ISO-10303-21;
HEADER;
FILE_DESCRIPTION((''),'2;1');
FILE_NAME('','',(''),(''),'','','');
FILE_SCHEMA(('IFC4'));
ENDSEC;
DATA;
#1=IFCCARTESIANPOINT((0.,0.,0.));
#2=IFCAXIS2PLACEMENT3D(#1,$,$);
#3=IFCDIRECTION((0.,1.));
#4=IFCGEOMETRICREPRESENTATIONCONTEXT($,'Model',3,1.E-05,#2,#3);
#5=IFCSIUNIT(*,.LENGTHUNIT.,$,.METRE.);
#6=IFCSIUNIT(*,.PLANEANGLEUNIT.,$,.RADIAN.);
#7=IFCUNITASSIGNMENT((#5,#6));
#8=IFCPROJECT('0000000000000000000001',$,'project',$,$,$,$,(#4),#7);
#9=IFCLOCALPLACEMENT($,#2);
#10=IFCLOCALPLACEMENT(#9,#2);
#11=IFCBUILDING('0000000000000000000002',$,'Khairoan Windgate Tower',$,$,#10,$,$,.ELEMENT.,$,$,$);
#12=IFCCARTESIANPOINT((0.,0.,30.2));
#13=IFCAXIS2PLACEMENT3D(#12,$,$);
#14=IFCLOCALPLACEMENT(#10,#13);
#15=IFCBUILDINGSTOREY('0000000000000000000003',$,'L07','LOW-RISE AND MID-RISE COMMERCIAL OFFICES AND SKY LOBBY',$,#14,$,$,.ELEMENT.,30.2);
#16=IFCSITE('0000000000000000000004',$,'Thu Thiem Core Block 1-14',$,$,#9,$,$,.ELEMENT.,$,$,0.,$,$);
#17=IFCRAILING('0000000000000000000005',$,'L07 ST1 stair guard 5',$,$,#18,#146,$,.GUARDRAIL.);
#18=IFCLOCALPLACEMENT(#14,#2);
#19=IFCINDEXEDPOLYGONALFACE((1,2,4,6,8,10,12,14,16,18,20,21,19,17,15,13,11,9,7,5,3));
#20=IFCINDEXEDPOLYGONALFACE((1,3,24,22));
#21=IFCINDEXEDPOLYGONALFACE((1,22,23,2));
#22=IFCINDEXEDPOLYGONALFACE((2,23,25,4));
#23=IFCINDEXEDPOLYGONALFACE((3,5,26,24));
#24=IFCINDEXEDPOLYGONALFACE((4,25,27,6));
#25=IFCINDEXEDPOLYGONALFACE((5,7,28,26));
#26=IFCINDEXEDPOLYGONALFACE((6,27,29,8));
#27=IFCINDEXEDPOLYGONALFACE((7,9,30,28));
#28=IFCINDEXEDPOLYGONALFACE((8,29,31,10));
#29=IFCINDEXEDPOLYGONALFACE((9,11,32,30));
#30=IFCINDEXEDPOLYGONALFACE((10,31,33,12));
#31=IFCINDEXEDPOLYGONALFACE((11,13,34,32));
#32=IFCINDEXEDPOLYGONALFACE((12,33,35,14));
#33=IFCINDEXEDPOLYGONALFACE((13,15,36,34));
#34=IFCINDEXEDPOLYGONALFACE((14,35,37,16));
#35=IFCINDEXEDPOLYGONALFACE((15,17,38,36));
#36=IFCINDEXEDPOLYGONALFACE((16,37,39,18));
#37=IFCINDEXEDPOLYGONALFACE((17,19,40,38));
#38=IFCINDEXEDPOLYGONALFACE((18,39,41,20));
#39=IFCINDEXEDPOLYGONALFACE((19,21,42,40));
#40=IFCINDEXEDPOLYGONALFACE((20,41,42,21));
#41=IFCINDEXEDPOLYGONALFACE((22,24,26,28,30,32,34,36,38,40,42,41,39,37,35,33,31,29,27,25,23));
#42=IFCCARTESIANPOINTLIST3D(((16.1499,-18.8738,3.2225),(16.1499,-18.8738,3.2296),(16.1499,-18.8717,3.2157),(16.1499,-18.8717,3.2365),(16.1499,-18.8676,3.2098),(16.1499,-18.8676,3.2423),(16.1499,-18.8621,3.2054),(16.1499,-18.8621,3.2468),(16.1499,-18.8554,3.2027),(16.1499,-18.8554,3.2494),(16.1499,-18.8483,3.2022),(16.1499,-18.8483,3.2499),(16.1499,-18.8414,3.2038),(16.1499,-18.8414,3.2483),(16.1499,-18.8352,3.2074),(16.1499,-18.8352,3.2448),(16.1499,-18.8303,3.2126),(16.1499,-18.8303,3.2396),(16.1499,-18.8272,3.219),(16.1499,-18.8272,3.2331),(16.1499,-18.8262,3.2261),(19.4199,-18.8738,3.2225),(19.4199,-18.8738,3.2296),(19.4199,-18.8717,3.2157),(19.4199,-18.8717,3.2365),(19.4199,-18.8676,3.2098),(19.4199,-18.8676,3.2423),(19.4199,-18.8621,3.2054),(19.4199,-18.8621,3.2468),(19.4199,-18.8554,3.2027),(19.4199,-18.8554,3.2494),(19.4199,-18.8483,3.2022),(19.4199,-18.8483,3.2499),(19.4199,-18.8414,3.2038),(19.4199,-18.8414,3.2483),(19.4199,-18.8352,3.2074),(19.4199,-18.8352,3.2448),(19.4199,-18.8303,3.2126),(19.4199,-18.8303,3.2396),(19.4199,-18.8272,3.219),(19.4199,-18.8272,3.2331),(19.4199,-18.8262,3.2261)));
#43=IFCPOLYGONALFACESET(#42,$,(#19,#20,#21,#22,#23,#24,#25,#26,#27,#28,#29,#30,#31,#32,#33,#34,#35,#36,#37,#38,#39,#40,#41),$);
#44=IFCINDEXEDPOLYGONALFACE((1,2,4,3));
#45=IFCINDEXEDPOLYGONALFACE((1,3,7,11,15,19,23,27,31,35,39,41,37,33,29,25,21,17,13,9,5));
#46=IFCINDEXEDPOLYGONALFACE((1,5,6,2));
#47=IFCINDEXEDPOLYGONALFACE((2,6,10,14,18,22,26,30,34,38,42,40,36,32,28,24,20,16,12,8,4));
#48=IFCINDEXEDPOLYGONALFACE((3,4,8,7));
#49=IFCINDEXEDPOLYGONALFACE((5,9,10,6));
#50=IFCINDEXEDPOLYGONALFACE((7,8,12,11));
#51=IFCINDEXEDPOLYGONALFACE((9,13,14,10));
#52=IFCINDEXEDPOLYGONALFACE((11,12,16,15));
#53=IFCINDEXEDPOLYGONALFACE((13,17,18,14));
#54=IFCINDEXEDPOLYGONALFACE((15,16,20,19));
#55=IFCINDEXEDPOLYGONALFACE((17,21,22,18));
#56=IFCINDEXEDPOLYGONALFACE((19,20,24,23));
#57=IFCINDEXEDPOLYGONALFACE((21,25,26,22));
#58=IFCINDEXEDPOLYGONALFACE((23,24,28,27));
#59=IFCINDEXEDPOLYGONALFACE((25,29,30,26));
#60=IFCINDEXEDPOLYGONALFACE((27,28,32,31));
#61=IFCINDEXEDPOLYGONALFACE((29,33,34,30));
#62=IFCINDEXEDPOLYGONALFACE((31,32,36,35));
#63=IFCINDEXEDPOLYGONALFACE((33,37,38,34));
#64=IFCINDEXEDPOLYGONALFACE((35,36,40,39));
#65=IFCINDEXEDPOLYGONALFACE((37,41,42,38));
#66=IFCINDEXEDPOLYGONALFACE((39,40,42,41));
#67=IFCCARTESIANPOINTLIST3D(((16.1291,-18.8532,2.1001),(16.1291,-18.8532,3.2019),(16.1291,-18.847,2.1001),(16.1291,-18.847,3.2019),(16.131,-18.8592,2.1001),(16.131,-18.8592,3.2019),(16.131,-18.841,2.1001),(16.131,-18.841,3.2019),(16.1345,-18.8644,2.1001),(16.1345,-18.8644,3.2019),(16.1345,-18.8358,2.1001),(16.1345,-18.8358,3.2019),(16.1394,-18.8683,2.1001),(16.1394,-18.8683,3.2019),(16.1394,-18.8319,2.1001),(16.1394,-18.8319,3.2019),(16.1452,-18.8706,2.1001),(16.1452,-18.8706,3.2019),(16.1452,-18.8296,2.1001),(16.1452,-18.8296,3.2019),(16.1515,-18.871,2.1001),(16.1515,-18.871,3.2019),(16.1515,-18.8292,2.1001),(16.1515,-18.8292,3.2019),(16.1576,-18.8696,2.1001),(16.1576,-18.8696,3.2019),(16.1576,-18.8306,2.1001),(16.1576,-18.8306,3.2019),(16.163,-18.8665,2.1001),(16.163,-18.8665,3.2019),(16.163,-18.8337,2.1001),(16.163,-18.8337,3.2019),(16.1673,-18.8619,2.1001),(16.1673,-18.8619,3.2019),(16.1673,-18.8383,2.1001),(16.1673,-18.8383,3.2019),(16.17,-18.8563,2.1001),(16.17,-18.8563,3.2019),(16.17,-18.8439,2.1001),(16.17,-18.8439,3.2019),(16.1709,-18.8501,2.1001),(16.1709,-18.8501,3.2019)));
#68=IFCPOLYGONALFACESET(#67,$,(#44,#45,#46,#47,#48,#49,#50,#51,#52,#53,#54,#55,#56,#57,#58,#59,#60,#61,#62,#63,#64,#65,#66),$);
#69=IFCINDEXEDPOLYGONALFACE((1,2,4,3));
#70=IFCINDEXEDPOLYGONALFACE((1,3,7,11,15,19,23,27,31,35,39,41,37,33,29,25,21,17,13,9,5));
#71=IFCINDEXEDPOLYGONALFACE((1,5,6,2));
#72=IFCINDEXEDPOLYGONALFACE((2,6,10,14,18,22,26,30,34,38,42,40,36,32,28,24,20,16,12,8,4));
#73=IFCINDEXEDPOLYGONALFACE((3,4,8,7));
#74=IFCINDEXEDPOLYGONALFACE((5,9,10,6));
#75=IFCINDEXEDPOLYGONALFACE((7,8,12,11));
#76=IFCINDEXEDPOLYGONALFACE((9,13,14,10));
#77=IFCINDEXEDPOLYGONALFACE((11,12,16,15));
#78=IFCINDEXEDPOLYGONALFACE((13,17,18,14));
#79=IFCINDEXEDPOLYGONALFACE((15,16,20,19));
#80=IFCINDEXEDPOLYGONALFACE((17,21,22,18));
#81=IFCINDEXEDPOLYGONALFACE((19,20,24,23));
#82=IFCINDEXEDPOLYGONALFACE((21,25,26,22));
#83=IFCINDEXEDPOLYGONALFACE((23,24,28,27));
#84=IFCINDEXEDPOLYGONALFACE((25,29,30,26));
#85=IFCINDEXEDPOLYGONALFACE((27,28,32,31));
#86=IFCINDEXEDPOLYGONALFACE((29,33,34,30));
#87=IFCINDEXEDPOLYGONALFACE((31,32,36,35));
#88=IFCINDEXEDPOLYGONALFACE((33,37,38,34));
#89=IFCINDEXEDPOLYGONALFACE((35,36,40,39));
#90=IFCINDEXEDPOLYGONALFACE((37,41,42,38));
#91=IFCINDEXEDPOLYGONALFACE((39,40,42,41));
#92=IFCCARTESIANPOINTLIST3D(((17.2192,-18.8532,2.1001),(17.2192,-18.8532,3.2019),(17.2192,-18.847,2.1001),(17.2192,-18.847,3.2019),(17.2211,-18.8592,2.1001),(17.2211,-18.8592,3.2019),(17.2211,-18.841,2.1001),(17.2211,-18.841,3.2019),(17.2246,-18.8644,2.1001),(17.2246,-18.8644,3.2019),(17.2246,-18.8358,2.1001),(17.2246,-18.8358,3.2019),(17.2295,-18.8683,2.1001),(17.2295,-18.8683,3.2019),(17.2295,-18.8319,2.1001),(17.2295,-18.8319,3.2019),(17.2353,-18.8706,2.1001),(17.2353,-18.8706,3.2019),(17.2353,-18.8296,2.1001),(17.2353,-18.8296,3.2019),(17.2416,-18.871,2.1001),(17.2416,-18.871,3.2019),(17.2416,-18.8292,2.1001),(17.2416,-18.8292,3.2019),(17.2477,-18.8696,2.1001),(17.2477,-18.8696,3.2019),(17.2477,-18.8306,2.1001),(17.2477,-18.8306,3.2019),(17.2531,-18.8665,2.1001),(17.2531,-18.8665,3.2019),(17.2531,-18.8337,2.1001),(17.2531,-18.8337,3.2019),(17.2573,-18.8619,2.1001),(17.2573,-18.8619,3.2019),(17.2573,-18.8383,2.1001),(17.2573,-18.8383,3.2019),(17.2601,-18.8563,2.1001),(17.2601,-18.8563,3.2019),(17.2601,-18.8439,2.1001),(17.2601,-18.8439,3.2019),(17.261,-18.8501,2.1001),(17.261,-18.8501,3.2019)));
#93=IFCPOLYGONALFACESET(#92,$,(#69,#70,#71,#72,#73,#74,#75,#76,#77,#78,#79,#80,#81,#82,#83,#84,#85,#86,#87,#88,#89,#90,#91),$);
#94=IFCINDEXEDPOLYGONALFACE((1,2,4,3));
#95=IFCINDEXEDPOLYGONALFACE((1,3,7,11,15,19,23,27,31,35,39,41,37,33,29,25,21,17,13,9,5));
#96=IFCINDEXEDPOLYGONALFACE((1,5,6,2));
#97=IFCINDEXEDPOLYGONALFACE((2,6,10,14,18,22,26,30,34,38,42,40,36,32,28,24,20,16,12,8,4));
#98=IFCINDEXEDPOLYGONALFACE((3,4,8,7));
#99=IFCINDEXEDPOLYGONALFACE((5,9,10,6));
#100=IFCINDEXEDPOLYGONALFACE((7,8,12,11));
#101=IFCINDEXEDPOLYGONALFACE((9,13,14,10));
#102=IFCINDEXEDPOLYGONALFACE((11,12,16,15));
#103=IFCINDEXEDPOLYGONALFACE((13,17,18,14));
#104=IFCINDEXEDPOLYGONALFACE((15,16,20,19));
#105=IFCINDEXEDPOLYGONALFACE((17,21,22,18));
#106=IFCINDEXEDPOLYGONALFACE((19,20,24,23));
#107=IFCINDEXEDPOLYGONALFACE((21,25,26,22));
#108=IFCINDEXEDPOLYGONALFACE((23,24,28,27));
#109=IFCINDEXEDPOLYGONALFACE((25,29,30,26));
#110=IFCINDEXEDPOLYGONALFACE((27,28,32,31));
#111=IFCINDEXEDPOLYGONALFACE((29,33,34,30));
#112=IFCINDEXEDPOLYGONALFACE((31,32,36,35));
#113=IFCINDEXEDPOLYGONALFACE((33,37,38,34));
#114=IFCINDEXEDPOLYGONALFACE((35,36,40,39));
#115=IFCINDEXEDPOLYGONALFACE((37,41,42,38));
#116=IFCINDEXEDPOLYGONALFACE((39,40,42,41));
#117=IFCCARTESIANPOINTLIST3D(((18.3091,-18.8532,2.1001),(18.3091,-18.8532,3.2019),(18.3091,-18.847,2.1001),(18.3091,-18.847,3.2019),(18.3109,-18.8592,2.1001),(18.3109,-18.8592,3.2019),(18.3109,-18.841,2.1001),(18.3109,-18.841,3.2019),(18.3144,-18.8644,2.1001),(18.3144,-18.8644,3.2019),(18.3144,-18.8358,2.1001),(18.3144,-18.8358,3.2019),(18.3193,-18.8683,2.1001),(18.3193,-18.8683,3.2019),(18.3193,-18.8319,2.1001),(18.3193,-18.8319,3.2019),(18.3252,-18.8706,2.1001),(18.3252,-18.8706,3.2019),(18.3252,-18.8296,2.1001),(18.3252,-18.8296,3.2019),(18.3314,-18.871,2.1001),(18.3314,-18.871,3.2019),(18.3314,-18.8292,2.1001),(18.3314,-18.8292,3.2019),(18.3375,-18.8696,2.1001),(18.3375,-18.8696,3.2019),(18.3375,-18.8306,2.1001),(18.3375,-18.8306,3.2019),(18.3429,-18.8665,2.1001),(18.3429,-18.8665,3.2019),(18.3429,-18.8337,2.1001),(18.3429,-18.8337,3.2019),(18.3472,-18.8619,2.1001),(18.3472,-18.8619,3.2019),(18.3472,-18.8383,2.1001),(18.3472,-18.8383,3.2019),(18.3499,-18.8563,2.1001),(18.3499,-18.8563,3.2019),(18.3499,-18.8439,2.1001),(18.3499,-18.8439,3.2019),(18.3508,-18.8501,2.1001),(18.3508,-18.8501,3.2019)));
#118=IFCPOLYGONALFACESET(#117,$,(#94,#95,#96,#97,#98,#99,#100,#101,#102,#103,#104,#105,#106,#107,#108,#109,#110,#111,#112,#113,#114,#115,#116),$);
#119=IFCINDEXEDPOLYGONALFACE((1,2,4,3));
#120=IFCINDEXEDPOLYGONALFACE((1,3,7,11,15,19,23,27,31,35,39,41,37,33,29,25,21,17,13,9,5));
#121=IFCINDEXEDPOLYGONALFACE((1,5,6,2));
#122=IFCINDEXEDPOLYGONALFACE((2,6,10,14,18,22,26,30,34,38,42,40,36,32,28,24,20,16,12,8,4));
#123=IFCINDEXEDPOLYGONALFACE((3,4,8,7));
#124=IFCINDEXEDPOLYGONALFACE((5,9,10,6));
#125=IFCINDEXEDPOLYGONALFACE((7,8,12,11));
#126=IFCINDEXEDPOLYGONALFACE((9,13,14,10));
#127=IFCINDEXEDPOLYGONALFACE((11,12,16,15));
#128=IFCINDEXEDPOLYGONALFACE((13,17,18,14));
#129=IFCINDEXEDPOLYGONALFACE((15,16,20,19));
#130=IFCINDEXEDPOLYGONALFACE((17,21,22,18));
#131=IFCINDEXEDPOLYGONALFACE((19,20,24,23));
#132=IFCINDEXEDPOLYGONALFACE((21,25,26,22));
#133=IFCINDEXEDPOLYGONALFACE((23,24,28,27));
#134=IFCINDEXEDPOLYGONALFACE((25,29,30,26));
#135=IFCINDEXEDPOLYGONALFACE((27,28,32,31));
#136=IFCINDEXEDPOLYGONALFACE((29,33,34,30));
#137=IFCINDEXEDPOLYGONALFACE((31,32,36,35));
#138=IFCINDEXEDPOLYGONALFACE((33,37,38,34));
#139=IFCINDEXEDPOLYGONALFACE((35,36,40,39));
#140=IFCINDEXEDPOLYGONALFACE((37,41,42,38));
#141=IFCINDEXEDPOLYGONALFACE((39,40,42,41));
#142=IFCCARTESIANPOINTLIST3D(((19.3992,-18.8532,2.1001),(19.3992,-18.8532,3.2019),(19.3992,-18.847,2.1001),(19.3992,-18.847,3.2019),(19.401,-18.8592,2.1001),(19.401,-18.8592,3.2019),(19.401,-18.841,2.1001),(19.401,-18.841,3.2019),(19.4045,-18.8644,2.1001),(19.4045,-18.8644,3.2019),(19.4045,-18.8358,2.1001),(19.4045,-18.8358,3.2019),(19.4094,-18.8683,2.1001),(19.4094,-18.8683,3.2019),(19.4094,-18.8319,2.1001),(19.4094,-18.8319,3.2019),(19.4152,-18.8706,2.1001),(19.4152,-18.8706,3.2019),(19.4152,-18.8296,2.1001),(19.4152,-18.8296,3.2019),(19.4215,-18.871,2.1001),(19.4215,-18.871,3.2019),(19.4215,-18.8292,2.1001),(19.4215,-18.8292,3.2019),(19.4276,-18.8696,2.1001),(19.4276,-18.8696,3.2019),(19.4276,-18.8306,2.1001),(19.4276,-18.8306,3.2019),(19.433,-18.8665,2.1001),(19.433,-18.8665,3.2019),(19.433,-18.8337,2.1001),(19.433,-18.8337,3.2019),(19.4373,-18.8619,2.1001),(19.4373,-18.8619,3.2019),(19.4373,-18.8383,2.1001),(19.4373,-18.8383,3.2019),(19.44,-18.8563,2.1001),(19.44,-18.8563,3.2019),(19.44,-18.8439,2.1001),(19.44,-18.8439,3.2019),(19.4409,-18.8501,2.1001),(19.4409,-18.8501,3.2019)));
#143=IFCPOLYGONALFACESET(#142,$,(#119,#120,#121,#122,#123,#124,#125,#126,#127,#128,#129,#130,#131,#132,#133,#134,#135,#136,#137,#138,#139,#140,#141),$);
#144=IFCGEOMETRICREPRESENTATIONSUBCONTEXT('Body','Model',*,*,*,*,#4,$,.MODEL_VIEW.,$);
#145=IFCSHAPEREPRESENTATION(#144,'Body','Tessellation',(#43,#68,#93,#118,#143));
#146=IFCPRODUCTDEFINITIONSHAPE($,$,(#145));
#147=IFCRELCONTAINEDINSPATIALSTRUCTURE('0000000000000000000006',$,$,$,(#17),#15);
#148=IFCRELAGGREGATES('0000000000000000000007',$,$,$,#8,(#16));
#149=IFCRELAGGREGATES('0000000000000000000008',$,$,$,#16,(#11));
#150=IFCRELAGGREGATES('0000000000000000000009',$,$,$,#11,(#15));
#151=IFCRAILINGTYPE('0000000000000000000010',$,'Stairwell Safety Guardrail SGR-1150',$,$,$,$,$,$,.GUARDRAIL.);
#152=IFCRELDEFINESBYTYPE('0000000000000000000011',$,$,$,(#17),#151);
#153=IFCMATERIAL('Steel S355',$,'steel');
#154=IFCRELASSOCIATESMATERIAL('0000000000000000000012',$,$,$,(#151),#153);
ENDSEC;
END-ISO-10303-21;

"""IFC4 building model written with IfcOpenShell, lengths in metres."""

from ifc_helpers import new_model, si_unit, direction, frame, origin, origin_2d, place, context, subcontext, project, spatial, circle, extrude, material, type_object, element, save


model = new_model("IFC4")

# Units and contexts
model_context = context("Model", 3, precision=1e-05, world=origin(), true_north=direction((0.0, 1.0)))
body_context = subcontext(model_context, "Body", "Model", "MODEL_VIEW")
ifc_project = project(units=[si_unit("LENGTHUNIT", "METRE"), si_unit("PLANEANGLEUNIT", "RADIAN")], contexts=[model_context])

# Site, building, storey
site_placement = place(None, origin())
site = spatial("IfcSite", under=ifc_project, at=site_placement, Name="Thu Thiem Core Block 1-14", CompositionType="ELEMENT", RefElevation=0.0)
building_placement = place(site_placement, origin())
building = spatial("IfcBuilding", under=site, at=building_placement, Name="Khairoan Windgate Tower", CompositionType="ELEMENT")
storey_placement = place(building_placement, frame((0.0, 0.0, 30.2)))
storey = spatial("IfcBuildingStorey", under=building, at=storey_placement, Name="L07", Description="LOW-RISE AND MID-RISE COMMERCIAL OFFICES AND SKY LOBBY", CompositionType="ELEMENT", Elevation=30.2)

# Railing
ifc_material_1 = material(Name="Steel S355", Category="steel")
railing_type = type_object("IfcRailingType", Name="Stairwell Safety Guardrail SGR-1150", PredefinedType="GUARDRAIL", material=ifc_material_1)
railing_1_placement = place(storey_placement, frame((16.1499, -18.8501, 2.1001)))
element("IfcRailing", 1, at=railing_1_placement, inside=storey, type_object=railing_type, Name="L07 ST1 stair guard 5", PredefinedType="GUARDRAIL", context=body_context, shape_type="SweptSolid", body=[
    extrude(circle(Radius=0.0239, at=origin_2d()), frame((0.0, 0.0, 1.126), z_axis=(1.0, 0.0, 0.0), x_axis=(0.0, 1.0, 0.0)), (0.0, 0.0, 1.0), 3.27),
    extrude(circle(Radius=0.021, at=origin_2d()), origin(), (0.0, 0.0, 1.0), 1.1018),
    extrude(circle(Radius=0.021, at=origin_2d()), frame((1.0901, 0.0, 0.0)), (0.0, 0.0, 1.0), 1.1018),
    extrude(circle(Radius=0.021, at=origin_2d()), frame((2.1799, 0.0, 0.0)), (0.0, 0.0, 1.0), 1.1018),
    extrude(circle(Radius=0.021, at=origin_2d()), frame((3.27, 0.0, 0.0)), (0.0, 0.0, 1.0), 1.1018),
])

save(model, "model.ifc")
